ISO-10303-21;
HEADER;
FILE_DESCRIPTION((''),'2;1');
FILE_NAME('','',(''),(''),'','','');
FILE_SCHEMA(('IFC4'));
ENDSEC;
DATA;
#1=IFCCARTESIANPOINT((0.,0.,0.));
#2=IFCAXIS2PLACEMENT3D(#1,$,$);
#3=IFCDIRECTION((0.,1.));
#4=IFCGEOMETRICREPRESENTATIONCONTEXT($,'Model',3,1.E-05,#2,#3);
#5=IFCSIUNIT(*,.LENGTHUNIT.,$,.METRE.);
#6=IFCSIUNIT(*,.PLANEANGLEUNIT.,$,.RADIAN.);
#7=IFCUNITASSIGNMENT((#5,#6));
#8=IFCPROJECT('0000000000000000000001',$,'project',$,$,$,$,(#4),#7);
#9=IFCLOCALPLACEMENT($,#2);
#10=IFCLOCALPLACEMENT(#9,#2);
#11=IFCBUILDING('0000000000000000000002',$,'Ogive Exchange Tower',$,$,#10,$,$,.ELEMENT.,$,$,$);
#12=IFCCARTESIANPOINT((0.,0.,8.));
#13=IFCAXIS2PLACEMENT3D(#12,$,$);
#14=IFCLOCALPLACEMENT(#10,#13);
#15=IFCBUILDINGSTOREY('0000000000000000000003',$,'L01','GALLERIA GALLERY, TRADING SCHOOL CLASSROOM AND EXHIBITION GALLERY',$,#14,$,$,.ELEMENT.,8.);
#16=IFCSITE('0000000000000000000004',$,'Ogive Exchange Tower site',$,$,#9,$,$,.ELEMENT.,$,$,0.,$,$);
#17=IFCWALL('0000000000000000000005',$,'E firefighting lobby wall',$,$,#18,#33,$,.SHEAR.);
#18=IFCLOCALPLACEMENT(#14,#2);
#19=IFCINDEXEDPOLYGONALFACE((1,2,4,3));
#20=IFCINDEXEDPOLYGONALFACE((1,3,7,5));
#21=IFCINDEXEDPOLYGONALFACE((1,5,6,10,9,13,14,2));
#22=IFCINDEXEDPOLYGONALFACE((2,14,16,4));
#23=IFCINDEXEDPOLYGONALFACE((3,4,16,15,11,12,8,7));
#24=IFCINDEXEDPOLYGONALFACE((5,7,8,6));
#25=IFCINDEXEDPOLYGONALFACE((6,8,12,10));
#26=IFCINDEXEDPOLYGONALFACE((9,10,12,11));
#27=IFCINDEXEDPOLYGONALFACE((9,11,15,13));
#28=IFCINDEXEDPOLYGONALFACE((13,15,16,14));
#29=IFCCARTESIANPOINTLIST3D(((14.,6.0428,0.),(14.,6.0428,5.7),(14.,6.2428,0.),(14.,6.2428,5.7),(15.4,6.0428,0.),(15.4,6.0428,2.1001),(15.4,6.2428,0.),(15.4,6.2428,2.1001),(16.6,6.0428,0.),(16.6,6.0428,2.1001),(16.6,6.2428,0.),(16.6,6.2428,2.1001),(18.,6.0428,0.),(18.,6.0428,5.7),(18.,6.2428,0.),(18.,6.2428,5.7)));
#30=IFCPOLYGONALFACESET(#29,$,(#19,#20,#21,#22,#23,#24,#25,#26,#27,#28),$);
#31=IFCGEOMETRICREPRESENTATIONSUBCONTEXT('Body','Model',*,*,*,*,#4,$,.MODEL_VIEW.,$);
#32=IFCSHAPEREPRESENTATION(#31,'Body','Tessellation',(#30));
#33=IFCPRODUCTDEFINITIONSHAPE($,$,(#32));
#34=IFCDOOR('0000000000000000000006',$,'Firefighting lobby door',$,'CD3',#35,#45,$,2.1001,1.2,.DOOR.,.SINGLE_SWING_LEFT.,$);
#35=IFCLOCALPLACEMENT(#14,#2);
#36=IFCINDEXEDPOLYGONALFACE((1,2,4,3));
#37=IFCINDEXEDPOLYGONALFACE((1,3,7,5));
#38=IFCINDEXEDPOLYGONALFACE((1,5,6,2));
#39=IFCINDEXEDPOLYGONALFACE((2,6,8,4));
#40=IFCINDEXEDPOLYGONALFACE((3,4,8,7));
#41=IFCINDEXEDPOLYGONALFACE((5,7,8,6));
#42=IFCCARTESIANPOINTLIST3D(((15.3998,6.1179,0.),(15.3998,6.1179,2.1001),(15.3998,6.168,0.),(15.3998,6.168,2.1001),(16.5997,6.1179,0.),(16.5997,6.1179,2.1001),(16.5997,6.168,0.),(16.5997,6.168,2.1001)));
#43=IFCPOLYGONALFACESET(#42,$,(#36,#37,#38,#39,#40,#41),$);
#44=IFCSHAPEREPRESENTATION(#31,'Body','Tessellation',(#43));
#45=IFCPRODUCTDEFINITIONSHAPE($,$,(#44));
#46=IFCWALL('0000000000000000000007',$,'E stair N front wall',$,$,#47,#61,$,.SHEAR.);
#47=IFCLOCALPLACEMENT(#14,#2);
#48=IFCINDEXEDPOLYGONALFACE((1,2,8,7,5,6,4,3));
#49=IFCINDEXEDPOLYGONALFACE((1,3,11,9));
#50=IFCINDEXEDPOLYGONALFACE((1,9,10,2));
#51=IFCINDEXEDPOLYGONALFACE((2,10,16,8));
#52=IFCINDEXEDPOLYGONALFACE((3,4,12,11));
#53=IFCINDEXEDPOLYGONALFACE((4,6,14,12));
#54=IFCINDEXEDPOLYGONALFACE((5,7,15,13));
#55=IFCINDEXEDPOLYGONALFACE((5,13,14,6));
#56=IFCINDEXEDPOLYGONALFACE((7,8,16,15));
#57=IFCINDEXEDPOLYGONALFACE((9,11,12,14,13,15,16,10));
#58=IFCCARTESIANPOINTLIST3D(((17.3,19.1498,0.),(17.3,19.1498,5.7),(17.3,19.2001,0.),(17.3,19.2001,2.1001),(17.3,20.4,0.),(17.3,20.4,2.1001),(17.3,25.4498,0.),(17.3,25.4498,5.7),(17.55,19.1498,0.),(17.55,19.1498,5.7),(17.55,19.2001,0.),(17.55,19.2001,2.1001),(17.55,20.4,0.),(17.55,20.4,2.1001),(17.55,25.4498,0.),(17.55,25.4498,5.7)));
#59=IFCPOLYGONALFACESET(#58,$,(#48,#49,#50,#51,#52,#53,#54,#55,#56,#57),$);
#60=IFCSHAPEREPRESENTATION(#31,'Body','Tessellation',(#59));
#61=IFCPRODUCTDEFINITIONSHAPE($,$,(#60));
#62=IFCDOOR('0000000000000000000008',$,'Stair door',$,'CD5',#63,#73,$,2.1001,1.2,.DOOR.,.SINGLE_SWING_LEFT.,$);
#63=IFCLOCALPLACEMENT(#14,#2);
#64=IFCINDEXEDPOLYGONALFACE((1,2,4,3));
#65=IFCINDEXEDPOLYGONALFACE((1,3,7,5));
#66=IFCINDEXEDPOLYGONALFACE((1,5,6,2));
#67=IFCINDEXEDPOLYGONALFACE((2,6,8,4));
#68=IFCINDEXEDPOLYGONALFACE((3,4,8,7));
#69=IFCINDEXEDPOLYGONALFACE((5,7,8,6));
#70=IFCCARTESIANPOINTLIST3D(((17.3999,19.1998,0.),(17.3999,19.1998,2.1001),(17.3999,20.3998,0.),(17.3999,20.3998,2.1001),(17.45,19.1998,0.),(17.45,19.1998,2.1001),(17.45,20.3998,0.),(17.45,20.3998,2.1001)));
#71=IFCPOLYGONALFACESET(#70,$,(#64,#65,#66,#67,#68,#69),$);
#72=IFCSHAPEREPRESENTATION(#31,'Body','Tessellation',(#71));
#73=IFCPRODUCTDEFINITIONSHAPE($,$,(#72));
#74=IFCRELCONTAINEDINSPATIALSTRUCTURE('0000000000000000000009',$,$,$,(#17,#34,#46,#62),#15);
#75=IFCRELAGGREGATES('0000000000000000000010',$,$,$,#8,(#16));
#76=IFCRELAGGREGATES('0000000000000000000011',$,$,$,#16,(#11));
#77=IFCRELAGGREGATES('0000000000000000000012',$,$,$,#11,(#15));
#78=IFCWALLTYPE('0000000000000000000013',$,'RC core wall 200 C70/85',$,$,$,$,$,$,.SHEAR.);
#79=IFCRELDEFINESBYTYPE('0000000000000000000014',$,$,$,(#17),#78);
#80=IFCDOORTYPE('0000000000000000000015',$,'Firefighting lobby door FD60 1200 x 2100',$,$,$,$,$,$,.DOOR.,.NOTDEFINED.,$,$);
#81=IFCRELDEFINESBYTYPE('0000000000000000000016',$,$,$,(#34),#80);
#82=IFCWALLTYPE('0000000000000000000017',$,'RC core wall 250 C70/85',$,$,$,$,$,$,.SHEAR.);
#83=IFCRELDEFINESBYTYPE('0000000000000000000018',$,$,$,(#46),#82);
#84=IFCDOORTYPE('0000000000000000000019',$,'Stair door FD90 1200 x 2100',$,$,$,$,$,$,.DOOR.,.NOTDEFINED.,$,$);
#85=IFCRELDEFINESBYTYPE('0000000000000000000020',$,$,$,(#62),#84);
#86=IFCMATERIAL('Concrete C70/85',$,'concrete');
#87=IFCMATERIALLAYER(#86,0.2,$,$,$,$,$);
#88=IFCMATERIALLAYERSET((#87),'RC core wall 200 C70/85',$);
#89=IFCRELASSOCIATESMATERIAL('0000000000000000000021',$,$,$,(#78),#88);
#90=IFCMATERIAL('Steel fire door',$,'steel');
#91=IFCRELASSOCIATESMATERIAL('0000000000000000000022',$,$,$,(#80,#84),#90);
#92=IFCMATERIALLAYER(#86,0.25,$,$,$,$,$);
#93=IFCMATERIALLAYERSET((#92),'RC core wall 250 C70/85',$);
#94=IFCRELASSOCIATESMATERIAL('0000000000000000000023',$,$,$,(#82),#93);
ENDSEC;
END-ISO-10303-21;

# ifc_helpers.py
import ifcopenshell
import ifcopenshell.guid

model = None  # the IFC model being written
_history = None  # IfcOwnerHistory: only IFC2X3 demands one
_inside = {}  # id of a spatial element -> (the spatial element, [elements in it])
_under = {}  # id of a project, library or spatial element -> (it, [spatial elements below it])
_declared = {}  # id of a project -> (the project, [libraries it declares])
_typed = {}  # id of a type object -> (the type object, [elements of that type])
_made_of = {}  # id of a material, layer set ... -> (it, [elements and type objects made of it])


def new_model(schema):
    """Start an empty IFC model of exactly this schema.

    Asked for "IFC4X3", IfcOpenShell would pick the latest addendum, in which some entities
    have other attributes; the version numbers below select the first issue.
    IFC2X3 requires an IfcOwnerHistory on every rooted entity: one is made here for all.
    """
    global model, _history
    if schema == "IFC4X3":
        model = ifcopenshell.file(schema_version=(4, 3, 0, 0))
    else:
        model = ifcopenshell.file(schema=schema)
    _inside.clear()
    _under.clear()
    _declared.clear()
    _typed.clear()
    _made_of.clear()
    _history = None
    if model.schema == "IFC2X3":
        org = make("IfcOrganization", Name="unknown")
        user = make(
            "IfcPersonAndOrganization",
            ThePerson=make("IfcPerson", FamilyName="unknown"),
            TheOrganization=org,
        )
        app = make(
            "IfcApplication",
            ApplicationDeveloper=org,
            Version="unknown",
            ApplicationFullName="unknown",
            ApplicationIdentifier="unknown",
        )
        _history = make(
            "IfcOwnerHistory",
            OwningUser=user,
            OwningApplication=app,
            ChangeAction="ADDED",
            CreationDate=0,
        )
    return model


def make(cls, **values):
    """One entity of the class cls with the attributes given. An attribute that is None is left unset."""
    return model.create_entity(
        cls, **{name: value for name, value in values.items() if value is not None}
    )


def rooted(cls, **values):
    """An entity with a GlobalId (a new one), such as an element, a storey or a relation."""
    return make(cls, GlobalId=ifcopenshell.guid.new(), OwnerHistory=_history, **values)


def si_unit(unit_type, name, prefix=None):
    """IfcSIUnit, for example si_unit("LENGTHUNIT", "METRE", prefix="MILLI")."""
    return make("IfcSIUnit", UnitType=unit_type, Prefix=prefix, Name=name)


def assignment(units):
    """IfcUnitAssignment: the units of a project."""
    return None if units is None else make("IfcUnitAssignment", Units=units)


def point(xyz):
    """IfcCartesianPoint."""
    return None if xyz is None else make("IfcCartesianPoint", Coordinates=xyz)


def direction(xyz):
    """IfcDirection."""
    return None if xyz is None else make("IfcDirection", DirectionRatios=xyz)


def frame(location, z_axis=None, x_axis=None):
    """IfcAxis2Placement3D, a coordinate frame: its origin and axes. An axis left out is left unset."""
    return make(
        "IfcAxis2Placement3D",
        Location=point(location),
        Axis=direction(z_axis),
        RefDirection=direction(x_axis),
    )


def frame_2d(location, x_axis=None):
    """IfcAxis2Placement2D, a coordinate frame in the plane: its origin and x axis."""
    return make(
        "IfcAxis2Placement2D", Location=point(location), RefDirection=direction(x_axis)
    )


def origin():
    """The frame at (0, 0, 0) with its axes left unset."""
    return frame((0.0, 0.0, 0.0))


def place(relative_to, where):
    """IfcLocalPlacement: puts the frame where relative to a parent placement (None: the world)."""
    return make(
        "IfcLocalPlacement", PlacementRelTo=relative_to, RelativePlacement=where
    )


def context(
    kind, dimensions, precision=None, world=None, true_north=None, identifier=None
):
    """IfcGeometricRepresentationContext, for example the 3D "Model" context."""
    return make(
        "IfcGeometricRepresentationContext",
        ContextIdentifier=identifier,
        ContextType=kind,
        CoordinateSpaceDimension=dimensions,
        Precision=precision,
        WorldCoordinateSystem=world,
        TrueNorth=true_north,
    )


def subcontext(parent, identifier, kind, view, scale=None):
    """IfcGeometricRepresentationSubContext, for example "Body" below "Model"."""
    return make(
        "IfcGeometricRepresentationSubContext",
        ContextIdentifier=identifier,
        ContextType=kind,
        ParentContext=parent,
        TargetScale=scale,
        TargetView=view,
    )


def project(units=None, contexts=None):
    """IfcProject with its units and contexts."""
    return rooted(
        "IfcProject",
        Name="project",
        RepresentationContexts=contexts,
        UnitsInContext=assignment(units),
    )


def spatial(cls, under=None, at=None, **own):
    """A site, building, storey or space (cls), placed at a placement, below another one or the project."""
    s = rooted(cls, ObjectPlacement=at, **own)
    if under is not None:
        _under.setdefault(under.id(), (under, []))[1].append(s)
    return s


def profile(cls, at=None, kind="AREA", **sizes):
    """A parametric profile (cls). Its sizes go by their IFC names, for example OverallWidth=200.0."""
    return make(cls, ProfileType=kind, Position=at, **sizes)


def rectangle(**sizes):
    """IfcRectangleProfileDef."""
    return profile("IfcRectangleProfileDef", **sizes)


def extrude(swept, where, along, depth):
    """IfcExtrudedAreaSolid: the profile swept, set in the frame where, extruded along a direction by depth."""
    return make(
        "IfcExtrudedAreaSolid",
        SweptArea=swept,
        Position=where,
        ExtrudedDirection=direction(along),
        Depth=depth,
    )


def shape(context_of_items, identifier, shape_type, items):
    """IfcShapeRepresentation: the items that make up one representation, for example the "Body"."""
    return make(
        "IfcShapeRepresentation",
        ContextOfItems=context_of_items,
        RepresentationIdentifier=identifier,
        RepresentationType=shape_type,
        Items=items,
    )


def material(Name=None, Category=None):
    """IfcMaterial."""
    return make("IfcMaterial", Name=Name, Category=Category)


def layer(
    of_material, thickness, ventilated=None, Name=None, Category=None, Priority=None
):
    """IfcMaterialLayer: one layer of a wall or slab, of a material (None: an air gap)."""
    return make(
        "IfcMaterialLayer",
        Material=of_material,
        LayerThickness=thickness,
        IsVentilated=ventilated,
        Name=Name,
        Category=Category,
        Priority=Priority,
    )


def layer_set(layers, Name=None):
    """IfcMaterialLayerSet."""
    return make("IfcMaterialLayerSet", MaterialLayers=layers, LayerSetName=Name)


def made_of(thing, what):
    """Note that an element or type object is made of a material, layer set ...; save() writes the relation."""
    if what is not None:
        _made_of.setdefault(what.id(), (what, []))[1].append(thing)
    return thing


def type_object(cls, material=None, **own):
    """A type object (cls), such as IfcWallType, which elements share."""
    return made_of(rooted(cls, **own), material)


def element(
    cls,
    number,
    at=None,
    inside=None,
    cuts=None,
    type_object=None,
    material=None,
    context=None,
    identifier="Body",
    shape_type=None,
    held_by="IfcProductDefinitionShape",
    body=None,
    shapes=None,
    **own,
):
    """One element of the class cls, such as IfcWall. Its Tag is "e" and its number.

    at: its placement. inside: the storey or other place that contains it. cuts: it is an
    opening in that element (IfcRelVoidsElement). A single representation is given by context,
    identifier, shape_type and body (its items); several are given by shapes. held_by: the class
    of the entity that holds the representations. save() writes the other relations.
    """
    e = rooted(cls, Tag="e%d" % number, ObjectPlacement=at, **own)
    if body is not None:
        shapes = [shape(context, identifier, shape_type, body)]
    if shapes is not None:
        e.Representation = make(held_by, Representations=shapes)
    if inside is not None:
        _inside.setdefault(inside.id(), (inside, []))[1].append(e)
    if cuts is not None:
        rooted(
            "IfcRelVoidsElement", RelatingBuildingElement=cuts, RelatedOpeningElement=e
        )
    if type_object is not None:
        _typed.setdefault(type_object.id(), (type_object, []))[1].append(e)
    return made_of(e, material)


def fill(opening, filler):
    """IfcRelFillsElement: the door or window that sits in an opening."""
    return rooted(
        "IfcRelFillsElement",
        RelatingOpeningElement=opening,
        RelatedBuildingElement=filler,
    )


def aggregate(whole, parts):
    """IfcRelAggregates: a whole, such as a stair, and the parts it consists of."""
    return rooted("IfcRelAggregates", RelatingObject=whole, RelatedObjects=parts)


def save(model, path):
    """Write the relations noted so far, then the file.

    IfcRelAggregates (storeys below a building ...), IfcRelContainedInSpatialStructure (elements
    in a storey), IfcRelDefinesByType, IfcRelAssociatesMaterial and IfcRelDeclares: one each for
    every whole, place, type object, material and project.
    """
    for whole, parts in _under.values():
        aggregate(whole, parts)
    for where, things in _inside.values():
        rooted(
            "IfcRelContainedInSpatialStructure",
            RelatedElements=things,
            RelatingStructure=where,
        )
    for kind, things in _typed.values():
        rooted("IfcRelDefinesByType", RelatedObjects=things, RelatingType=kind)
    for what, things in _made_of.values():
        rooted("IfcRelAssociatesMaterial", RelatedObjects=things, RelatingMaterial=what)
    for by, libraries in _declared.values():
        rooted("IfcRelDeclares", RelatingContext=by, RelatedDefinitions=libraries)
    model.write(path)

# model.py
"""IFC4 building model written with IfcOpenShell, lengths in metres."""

from ifc_helpers import new_model, si_unit, direction, frame, frame_2d, origin, place, context, subcontext, project, spatial, rectangle, extrude, material, layer, layer_set, type_object, element, fill, save


model = new_model("IFC4")

# Units and contexts
model_context = context("Model", 3, precision=1e-05, world=origin(), true_north=direction((0.0, 1.0)))
body_context = subcontext(model_context, "Body", "Model", "MODEL_VIEW")
ifc_project = project(units=[si_unit("LENGTHUNIT", "METRE"), si_unit("PLANEANGLEUNIT", "RADIAN")], contexts=[model_context])

# Site, building, storey
site_placement = place(None, origin())
site = spatial("IfcSite", under=ifc_project, at=site_placement, Name="Ogive Exchange Tower site", CompositionType="ELEMENT", RefElevation=0.0)
building_placement = place(site_placement, origin())
building = spatial("IfcBuilding", under=site, at=building_placement, Name="Ogive Exchange Tower", CompositionType="ELEMENT")
storey_placement = place(building_placement, frame((0.0, 0.0, 8.0)))
storey = spatial("IfcBuildingStorey", under=building, at=storey_placement, Name="L01", Description="GALLERIA GALLERY, TRADING SCHOOL CLASSROOM AND EXHIBITION GALLERY", CompositionType="ELEMENT", Elevation=8.0)

# Walls, openings, doors
ifc_material_1 = material(Name="Concrete C70/85", Category="concrete")
ifc_layer_1 = layer(ifc_material_1, 0.2)
ifc_layer_set_1 = layer_set([ifc_layer_1], Name="RC core wall 200 C70/85")
wall_type_1 = type_object("IfcWallType", Name="RC core wall 200 C70/85", PredefinedType="SHEAR", material=ifc_layer_set_1)
wall_1_placement = place(storey_placement, frame((14.0, 6.1428, 0.0), z_axis=(0.0, 0.0, 1.0), x_axis=(1.0, 0.0, 0.0)))
wall_1 = element("IfcWall", 1, at=wall_1_placement, inside=storey, type_object=wall_type_1, Name="E firefighting lobby wall", PredefinedType="SHEAR", context=body_context, shape_type="SweptSolid", body=[
    extrude(rectangle(XDim=4.0, YDim=0.2, at=frame_2d((2.0, 0.0))), origin(), (0.0, 0.0, 1.0), 5.7),
])
opening_1_placement = place(wall_1_placement, frame((1.3999, 0.0, 0.0)))
opening_1 = element("IfcOpeningElement", 2, at=opening_1_placement, cuts=wall_1, PredefinedType="OPENING", context=body_context, shape_type="SweptSolid", body=[
    extrude(rectangle(XDim=1.2, YDim=2.1001, at=frame_2d((0.6001, 1.05))), frame((0.0, 0.1099, 0.0), z_axis=(0.0, -1.0, 0.0), x_axis=(1.0, 0.0, 0.0)), (0.0, 0.0, 1.0), 0.22),
])
ifc_material_2 = material(Name="Steel fire door", Category="steel")
door_type_1 = type_object("IfcDoorType", Name="Firefighting lobby door FD60 1200 x 2100", OperationType="NOTDEFINED", PredefinedType="DOOR", material=ifc_material_2)
door_1_placement = place(opening_1_placement, frame((1.2, 0.0, 0.0), z_axis=(0.0, 0.0, 1.0), x_axis=(-1.0, 0.0, 0.0)))
door_1 = element("IfcDoor", 3, at=door_1_placement, inside=storey, type_object=door_type_1, Name="Firefighting lobby door", ObjectType="CD3", OperationType="SINGLE_SWING_LEFT", OverallHeight=2.1001, OverallWidth=1.2, PredefinedType="DOOR", context=body_context, shape_type="SweptSolid", body=[
    extrude(rectangle(XDim=1.2, YDim=2.1001, at=frame_2d((0.6001, 1.05))), frame((0.0, 0.0249, 0.0), z_axis=(0.0, -1.0, 0.0), x_axis=(1.0, 0.0, 0.0)), (0.0, 0.0, 1.0), 0.05),
])
fill(opening_1, door_1)
ifc_layer_2 = layer(ifc_material_1, 0.25)
ifc_layer_set_2 = layer_set([ifc_layer_2], Name="RC core wall 250 C70/85")
wall_type_2 = type_object("IfcWallType", Name="RC core wall 250 C70/85", PredefinedType="SHEAR", material=ifc_layer_set_2)
wall_2_placement = place(storey_placement, frame((17.425, 19.1499, 0.0), z_axis=(0.0, 0.0, 1.0), x_axis=(0.0, 1.0, 0.0)))
wall_2 = element("IfcWall", 4, at=wall_2_placement, inside=storey, type_object=wall_type_2, Name="E stair N front wall", PredefinedType="SHEAR", context=body_context, shape_type="SweptSolid", body=[
    extrude(rectangle(XDim=6.3, YDim=0.25, at=frame_2d((3.1499, 0.0))), origin(), (0.0, 0.0, 1.0), 5.7),
])
opening_2_placement = place(wall_2_placement, frame((0.05, 0.0, 0.0)))
opening_2 = element("IfcOpeningElement", 5, at=opening_2_placement, cuts=wall_2, PredefinedType="OPENING", context=body_context, shape_type="SweptSolid", body=[
    extrude(rectangle(XDim=1.2, YDim=2.1001, at=frame_2d((0.6001, 1.05))), frame((0.0, 0.135, 0.0), z_axis=(0.0, -1.0, 0.0), x_axis=(1.0, 0.0, 0.0)), (0.0, 0.0, 1.0), 0.27),
])
door_type_2 = type_object("IfcDoorType", Name="Stair door FD90 1200 x 2100", OperationType="NOTDEFINED", PredefinedType="DOOR", material=ifc_material_2)
door_2_placement = place(opening_2_placement, frame((1.2, 0.0, 0.0), z_axis=(0.0, 0.0, 1.0), x_axis=(-1.0, 0.0, 0.0)))
door_2 = element("IfcDoor", 6, at=door_2_placement, inside=storey, type_object=door_type_2, Name="Stair door", ObjectType="CD5", OperationType="SINGLE_SWING_LEFT", OverallHeight=2.1001, OverallWidth=1.2, PredefinedType="DOOR", context=body_context, shape_type="SweptSolid", body=[
    extrude(rectangle(XDim=1.2, YDim=2.1001, at=frame_2d((0.6001, 1.05))), frame((0.0, 0.0249, 0.0), z_axis=(0.0, -1.0, 0.0), x_axis=(1.0, 0.0, 0.0)), (0.0, 0.0, 1.0), 0.05),
])
fill(opening_2, door_2)

save(model, "model.ifc")
